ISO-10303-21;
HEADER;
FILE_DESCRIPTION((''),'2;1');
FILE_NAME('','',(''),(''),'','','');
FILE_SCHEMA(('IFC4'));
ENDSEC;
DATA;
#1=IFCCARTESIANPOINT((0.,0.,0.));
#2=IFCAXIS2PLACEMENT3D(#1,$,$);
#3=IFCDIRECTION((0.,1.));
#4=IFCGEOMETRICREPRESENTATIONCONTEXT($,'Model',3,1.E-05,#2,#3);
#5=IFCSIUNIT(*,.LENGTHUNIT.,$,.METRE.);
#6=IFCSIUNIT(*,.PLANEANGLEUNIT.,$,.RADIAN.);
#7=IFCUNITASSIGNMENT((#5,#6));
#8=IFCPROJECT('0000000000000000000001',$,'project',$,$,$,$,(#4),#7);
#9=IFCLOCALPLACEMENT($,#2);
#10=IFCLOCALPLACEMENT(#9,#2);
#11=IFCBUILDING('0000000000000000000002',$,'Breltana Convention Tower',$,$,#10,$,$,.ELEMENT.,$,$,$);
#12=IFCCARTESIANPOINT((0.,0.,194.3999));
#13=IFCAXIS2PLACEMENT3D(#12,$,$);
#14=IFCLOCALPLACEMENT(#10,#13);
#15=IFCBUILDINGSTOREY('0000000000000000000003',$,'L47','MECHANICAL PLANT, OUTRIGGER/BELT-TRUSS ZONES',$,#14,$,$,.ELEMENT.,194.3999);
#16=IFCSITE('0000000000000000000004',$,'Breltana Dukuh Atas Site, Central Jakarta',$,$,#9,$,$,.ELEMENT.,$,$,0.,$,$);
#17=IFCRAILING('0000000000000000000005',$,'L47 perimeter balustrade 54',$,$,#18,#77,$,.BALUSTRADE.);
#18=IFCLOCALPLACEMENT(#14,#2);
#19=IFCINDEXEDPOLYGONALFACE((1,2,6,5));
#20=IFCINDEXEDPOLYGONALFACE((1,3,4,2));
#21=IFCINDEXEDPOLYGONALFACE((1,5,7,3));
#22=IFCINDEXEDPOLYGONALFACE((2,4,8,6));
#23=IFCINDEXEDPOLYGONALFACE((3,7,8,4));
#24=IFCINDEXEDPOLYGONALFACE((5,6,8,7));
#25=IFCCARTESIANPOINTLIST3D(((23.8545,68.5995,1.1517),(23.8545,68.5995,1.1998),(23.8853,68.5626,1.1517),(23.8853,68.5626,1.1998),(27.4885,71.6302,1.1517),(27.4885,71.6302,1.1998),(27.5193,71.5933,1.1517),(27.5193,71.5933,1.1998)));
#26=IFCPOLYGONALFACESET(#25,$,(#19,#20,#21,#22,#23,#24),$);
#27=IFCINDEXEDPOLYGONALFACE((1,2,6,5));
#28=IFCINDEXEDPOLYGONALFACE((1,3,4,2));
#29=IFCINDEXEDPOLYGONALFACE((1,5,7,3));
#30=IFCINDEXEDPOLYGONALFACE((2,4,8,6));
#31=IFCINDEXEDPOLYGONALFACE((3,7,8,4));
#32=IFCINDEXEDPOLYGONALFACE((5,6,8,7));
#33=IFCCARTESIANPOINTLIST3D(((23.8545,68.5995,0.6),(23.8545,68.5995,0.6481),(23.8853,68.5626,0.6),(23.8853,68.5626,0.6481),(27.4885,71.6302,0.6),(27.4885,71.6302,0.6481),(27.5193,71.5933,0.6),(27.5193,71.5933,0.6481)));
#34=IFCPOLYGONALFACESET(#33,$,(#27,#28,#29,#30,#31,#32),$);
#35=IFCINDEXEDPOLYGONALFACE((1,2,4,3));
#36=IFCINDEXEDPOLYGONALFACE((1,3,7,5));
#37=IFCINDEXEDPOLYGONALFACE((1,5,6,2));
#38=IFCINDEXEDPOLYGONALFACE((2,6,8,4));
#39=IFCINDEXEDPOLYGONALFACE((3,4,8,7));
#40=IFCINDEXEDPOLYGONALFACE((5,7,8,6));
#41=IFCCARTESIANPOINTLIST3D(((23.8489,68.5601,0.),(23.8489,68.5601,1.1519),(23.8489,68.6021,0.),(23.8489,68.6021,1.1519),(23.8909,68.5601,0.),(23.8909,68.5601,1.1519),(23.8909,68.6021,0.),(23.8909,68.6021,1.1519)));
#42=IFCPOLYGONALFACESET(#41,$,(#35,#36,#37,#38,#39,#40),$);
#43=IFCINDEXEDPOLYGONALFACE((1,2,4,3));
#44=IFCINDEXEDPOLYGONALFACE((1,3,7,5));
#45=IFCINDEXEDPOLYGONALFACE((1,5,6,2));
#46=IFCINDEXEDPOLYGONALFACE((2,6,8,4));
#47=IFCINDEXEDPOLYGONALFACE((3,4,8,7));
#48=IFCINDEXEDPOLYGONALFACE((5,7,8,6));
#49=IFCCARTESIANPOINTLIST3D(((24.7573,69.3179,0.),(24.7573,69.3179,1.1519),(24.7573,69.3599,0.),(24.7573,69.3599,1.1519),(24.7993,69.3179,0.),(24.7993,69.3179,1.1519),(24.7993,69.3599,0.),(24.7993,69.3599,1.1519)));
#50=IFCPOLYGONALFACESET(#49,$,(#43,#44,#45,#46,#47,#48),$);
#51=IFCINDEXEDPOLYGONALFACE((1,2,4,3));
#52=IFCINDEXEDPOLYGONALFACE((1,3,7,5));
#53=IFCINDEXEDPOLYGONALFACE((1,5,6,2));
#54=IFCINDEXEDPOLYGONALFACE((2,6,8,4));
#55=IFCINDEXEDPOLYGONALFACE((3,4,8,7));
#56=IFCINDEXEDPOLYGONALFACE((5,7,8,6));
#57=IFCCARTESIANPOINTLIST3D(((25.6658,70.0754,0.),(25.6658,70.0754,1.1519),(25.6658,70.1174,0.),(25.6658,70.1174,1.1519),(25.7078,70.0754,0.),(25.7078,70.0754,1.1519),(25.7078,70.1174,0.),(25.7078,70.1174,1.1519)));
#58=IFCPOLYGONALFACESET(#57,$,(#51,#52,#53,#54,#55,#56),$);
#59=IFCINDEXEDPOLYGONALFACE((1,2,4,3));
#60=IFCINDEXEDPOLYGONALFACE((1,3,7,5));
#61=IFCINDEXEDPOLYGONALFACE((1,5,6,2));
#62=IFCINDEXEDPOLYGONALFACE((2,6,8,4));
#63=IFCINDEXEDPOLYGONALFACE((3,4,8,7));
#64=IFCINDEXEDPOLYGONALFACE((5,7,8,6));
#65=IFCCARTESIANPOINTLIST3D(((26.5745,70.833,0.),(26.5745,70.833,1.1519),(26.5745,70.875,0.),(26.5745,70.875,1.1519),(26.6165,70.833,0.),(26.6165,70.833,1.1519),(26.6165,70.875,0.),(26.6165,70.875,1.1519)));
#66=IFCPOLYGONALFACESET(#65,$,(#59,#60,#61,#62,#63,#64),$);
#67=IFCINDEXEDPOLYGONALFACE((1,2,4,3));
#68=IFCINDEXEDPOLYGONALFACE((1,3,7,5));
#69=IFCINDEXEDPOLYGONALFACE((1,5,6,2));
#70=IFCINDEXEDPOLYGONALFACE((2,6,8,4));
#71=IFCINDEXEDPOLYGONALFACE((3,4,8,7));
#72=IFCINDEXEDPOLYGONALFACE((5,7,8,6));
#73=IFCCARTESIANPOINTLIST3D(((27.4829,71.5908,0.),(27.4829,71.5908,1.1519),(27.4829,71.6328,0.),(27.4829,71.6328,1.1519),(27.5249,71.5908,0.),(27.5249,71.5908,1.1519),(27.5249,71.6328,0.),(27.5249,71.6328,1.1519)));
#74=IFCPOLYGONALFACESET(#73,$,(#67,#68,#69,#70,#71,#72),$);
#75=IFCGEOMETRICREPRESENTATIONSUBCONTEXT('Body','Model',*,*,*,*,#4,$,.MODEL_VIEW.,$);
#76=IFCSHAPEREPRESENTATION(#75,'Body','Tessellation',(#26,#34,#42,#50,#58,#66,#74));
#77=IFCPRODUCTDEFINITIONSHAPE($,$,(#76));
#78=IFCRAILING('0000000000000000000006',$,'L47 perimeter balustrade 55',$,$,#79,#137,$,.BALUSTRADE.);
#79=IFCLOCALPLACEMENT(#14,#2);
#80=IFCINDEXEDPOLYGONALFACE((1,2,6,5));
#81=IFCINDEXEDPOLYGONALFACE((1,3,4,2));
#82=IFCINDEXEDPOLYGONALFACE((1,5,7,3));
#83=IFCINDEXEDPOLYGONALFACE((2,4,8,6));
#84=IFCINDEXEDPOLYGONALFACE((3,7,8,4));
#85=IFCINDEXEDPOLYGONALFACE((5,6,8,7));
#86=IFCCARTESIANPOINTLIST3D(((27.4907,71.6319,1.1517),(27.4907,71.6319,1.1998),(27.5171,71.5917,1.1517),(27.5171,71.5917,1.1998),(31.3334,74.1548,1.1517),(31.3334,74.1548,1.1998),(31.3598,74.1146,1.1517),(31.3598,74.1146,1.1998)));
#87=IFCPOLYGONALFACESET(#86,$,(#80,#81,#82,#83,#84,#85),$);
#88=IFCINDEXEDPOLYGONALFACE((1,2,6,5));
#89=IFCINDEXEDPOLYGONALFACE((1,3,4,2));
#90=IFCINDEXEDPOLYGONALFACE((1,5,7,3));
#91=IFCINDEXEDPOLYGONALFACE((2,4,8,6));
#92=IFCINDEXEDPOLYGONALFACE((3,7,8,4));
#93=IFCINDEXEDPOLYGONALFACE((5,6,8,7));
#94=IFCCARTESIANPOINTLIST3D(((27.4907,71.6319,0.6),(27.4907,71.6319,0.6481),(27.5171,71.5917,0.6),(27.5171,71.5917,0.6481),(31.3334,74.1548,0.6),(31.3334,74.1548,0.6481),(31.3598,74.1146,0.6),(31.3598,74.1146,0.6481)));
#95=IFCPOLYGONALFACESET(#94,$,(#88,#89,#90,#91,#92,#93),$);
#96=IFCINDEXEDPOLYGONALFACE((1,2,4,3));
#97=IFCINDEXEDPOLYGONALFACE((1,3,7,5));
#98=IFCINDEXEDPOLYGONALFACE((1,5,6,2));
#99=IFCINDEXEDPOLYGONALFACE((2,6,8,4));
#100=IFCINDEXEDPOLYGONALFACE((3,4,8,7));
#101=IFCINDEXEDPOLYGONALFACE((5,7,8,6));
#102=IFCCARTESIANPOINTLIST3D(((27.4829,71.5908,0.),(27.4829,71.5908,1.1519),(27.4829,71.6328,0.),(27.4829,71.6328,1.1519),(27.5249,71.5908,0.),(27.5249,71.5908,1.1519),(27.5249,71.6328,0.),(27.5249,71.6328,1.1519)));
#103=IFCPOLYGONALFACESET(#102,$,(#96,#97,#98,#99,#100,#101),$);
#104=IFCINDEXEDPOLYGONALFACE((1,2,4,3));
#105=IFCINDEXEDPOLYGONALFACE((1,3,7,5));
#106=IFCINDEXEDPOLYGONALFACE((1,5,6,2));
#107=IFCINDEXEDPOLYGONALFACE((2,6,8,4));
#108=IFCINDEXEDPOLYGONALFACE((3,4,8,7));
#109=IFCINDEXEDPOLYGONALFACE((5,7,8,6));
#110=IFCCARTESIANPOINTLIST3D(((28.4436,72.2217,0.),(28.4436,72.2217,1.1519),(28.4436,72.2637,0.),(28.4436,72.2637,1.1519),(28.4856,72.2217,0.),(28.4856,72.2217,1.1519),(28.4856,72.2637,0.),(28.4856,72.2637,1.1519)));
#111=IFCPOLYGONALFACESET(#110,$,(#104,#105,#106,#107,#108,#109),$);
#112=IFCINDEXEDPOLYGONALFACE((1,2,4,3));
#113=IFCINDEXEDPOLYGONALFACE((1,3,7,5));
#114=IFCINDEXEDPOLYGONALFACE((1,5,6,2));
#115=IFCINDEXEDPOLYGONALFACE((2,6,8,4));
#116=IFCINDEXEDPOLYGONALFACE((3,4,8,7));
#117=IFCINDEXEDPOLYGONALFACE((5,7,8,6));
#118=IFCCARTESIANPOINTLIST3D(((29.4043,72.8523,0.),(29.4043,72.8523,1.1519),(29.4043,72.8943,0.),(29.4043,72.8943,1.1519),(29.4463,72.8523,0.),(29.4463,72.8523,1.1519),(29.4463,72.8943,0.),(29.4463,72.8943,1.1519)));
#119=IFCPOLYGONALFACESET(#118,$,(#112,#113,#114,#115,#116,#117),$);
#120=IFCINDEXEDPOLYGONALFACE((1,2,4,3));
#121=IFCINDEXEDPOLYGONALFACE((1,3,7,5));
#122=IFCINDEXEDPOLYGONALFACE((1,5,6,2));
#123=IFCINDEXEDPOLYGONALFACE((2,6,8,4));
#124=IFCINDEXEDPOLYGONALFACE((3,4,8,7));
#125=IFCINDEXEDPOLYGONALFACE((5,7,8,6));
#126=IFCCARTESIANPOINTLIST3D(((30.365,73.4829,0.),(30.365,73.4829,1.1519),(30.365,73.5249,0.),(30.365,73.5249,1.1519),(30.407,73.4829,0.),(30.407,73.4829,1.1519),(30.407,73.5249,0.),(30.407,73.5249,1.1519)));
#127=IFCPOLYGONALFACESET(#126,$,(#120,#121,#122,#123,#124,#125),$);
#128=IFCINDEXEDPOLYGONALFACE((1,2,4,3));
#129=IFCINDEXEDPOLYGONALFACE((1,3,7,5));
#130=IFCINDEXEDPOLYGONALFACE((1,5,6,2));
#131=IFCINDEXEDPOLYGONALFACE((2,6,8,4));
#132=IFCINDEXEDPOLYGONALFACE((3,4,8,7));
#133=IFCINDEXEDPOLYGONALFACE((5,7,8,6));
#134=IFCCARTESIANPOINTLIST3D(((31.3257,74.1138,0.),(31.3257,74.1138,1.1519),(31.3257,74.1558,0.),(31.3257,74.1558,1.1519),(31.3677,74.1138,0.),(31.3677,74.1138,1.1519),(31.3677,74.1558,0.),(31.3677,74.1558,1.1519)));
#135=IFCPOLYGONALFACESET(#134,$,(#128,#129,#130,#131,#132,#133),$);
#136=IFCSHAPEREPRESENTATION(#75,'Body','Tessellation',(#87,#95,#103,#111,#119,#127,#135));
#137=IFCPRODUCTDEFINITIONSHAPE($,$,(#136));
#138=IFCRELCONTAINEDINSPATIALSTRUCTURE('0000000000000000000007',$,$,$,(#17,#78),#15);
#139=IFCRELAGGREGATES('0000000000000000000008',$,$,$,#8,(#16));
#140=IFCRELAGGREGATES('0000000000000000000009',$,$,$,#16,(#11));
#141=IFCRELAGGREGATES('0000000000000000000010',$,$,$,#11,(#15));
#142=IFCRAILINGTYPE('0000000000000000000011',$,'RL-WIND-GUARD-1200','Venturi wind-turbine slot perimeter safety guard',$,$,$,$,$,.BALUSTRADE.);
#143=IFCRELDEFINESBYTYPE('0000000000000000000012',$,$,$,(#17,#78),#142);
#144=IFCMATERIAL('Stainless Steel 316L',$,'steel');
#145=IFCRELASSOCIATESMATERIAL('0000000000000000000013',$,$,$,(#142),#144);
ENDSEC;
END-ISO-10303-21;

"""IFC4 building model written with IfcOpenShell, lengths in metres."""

from ifc_helpers import new_model, si_unit, direction, frame, origin, origin_2d, place, context, subcontext, project, spatial, rectangle, extrude, material, type_object, element, save


model = new_model("IFC4")

# Units and contexts
model_context = context("Model", 3, precision=1e-05, world=origin(), true_north=direction((0.0, 1.0)))
body_context = subcontext(model_context, "Body", "Model", "MODEL_VIEW")
ifc_project = project(units=[si_unit("LENGTHUNIT", "METRE"), si_unit("PLANEANGLEUNIT", "RADIAN")], contexts=[model_context])

# Site, building, storey
site_placement = place(None, origin())
site = spatial("IfcSite", under=ifc_project, at=site_placement, Name="Breltana Dukuh Atas Site, Central Jakarta", CompositionType="ELEMENT", RefElevation=0.0)
building_placement = place(site_placement, origin())
building = spatial("IfcBuilding", under=site, at=building_placement, Name="Breltana Convention Tower", CompositionType="ELEMENT")
storey_placement = place(building_placement, frame((0.0, 0.0, 194.3999)))
storey = spatial("IfcBuildingStorey", under=building, at=storey_placement, Name="L47", Description="MECHANICAL PLANT, OUTRIGGER/BELT-TRUSS ZONES", CompositionType="ELEMENT", Elevation=194.3999)

# Railings
ifc_material_1 = material(Name="Stainless Steel 316L", Category="steel")
railing_type = type_object("IfcRailingType", Name="RL-WIND-GUARD-1200", Description="Venturi wind-turbine slot perimeter safety guard", PredefinedType="BALUSTRADE", material=ifc_material_1)
railing_1_placement = place(storey_placement, frame((23.8699, 68.5811, 0.0)))
element("IfcRailing", 1, at=railing_1_placement, inside=storey, type_object=railing_type, Name="L47 perimeter balustrade 54", PredefinedType="BALUSTRADE", context=body_context, shape_type="SweptSolid", body=[
    extrude(rectangle(XDim=0.0481, YDim=0.0481, at=origin_2d()), frame((0.0, 0.0, 1.1758), z_axis=(0.767972, 0.640484, 0.0), x_axis=(-0.640484, 0.767972, 0.0)), (0.0, 0.0, 1.0), 4.7319),
    extrude(rectangle(XDim=0.0481, YDim=0.0481, at=origin_2d()), frame((0.0, 0.0, 0.624), z_axis=(0.767972, 0.640484, 0.0), x_axis=(-0.640484, 0.767972, 0.0)), (0.0, 0.0, 1.0), 4.7319),
    extrude(rectangle(XDim=0.042, YDim=0.042, at=origin_2d()), origin(), (0.0, 0.0, 1.0), 1.1519),
    extrude(rectangle(XDim=0.042, YDim=0.042, at=origin_2d()), frame((0.9084, 0.7578, 0.0)), (0.0, 0.0, 1.0), 1.1519),
    extrude(rectangle(XDim=0.042, YDim=0.042, at=origin_2d()), frame((1.8169, 1.5154, 0.0)), (0.0, 0.0, 1.0), 1.1519),
    extrude(rectangle(XDim=0.042, YDim=0.042, at=origin_2d()), frame((2.7256, 2.2729, 0.0)), (0.0, 0.0, 1.0), 1.1519),
    extrude(rectangle(XDim=0.042, YDim=0.042, at=origin_2d()), frame((3.634, 3.0308, 0.0)), (0.0, 0.0, 1.0), 1.1519),
])
railing_2_placement = place(storey_placement, frame((27.5039, 71.6118, 0.0)))
element("IfcRailing", 2, at=railing_2_placement, inside=storey, type_object=railing_type, Name="L47 perimeter balustrade 55", PredefinedType="BALUSTRADE", context=body_context, shape_type="SweptSolid", body=[
    extrude(rectangle(XDim=0.0481, YDim=0.0481, at=origin_2d()), frame((0.0, 0.0, 1.1758), z_axis=(0.835935, 0.548828, 0.0), x_axis=(-0.548828, 0.835935, 0.0)), (0.0, 0.0, 1.0), 4.5969),
    extrude(rectangle(XDim=0.0481, YDim=0.0481, at=origin_2d()), frame((0.0, 0.0, 0.624), z_axis=(0.835935, 0.548828, 0.0), x_axis=(-0.548828, 0.835935, 0.0)), (0.0, 0.0, 1.0), 4.5969),
    extrude(rectangle(XDim=0.042, YDim=0.042, at=origin_2d()), origin(), (0.0, 0.0, 1.0), 1.1519),
    extrude(rectangle(XDim=0.042, YDim=0.042, at=origin_2d()), frame((0.9607, 0.6309, 0.0)), (0.0, 0.0, 1.0), 1.1519),
    extrude(rectangle(XDim=0.042, YDim=0.042, at=origin_2d()), frame((1.9214, 1.2615, 0.0)), (0.0, 0.0, 1.0), 1.1519),
    extrude(rectangle(XDim=0.042, YDim=0.042, at=origin_2d()), frame((2.8821, 1.8921, 0.0)), (0.0, 0.0, 1.0), 1.1519),
    extrude(rectangle(XDim=0.042, YDim=0.042, at=origin_2d()), frame((3.8428, 2.5229, 0.0)), (0.0, 0.0, 1.0), 1.1519),
])

save(model, "model.ifc")
